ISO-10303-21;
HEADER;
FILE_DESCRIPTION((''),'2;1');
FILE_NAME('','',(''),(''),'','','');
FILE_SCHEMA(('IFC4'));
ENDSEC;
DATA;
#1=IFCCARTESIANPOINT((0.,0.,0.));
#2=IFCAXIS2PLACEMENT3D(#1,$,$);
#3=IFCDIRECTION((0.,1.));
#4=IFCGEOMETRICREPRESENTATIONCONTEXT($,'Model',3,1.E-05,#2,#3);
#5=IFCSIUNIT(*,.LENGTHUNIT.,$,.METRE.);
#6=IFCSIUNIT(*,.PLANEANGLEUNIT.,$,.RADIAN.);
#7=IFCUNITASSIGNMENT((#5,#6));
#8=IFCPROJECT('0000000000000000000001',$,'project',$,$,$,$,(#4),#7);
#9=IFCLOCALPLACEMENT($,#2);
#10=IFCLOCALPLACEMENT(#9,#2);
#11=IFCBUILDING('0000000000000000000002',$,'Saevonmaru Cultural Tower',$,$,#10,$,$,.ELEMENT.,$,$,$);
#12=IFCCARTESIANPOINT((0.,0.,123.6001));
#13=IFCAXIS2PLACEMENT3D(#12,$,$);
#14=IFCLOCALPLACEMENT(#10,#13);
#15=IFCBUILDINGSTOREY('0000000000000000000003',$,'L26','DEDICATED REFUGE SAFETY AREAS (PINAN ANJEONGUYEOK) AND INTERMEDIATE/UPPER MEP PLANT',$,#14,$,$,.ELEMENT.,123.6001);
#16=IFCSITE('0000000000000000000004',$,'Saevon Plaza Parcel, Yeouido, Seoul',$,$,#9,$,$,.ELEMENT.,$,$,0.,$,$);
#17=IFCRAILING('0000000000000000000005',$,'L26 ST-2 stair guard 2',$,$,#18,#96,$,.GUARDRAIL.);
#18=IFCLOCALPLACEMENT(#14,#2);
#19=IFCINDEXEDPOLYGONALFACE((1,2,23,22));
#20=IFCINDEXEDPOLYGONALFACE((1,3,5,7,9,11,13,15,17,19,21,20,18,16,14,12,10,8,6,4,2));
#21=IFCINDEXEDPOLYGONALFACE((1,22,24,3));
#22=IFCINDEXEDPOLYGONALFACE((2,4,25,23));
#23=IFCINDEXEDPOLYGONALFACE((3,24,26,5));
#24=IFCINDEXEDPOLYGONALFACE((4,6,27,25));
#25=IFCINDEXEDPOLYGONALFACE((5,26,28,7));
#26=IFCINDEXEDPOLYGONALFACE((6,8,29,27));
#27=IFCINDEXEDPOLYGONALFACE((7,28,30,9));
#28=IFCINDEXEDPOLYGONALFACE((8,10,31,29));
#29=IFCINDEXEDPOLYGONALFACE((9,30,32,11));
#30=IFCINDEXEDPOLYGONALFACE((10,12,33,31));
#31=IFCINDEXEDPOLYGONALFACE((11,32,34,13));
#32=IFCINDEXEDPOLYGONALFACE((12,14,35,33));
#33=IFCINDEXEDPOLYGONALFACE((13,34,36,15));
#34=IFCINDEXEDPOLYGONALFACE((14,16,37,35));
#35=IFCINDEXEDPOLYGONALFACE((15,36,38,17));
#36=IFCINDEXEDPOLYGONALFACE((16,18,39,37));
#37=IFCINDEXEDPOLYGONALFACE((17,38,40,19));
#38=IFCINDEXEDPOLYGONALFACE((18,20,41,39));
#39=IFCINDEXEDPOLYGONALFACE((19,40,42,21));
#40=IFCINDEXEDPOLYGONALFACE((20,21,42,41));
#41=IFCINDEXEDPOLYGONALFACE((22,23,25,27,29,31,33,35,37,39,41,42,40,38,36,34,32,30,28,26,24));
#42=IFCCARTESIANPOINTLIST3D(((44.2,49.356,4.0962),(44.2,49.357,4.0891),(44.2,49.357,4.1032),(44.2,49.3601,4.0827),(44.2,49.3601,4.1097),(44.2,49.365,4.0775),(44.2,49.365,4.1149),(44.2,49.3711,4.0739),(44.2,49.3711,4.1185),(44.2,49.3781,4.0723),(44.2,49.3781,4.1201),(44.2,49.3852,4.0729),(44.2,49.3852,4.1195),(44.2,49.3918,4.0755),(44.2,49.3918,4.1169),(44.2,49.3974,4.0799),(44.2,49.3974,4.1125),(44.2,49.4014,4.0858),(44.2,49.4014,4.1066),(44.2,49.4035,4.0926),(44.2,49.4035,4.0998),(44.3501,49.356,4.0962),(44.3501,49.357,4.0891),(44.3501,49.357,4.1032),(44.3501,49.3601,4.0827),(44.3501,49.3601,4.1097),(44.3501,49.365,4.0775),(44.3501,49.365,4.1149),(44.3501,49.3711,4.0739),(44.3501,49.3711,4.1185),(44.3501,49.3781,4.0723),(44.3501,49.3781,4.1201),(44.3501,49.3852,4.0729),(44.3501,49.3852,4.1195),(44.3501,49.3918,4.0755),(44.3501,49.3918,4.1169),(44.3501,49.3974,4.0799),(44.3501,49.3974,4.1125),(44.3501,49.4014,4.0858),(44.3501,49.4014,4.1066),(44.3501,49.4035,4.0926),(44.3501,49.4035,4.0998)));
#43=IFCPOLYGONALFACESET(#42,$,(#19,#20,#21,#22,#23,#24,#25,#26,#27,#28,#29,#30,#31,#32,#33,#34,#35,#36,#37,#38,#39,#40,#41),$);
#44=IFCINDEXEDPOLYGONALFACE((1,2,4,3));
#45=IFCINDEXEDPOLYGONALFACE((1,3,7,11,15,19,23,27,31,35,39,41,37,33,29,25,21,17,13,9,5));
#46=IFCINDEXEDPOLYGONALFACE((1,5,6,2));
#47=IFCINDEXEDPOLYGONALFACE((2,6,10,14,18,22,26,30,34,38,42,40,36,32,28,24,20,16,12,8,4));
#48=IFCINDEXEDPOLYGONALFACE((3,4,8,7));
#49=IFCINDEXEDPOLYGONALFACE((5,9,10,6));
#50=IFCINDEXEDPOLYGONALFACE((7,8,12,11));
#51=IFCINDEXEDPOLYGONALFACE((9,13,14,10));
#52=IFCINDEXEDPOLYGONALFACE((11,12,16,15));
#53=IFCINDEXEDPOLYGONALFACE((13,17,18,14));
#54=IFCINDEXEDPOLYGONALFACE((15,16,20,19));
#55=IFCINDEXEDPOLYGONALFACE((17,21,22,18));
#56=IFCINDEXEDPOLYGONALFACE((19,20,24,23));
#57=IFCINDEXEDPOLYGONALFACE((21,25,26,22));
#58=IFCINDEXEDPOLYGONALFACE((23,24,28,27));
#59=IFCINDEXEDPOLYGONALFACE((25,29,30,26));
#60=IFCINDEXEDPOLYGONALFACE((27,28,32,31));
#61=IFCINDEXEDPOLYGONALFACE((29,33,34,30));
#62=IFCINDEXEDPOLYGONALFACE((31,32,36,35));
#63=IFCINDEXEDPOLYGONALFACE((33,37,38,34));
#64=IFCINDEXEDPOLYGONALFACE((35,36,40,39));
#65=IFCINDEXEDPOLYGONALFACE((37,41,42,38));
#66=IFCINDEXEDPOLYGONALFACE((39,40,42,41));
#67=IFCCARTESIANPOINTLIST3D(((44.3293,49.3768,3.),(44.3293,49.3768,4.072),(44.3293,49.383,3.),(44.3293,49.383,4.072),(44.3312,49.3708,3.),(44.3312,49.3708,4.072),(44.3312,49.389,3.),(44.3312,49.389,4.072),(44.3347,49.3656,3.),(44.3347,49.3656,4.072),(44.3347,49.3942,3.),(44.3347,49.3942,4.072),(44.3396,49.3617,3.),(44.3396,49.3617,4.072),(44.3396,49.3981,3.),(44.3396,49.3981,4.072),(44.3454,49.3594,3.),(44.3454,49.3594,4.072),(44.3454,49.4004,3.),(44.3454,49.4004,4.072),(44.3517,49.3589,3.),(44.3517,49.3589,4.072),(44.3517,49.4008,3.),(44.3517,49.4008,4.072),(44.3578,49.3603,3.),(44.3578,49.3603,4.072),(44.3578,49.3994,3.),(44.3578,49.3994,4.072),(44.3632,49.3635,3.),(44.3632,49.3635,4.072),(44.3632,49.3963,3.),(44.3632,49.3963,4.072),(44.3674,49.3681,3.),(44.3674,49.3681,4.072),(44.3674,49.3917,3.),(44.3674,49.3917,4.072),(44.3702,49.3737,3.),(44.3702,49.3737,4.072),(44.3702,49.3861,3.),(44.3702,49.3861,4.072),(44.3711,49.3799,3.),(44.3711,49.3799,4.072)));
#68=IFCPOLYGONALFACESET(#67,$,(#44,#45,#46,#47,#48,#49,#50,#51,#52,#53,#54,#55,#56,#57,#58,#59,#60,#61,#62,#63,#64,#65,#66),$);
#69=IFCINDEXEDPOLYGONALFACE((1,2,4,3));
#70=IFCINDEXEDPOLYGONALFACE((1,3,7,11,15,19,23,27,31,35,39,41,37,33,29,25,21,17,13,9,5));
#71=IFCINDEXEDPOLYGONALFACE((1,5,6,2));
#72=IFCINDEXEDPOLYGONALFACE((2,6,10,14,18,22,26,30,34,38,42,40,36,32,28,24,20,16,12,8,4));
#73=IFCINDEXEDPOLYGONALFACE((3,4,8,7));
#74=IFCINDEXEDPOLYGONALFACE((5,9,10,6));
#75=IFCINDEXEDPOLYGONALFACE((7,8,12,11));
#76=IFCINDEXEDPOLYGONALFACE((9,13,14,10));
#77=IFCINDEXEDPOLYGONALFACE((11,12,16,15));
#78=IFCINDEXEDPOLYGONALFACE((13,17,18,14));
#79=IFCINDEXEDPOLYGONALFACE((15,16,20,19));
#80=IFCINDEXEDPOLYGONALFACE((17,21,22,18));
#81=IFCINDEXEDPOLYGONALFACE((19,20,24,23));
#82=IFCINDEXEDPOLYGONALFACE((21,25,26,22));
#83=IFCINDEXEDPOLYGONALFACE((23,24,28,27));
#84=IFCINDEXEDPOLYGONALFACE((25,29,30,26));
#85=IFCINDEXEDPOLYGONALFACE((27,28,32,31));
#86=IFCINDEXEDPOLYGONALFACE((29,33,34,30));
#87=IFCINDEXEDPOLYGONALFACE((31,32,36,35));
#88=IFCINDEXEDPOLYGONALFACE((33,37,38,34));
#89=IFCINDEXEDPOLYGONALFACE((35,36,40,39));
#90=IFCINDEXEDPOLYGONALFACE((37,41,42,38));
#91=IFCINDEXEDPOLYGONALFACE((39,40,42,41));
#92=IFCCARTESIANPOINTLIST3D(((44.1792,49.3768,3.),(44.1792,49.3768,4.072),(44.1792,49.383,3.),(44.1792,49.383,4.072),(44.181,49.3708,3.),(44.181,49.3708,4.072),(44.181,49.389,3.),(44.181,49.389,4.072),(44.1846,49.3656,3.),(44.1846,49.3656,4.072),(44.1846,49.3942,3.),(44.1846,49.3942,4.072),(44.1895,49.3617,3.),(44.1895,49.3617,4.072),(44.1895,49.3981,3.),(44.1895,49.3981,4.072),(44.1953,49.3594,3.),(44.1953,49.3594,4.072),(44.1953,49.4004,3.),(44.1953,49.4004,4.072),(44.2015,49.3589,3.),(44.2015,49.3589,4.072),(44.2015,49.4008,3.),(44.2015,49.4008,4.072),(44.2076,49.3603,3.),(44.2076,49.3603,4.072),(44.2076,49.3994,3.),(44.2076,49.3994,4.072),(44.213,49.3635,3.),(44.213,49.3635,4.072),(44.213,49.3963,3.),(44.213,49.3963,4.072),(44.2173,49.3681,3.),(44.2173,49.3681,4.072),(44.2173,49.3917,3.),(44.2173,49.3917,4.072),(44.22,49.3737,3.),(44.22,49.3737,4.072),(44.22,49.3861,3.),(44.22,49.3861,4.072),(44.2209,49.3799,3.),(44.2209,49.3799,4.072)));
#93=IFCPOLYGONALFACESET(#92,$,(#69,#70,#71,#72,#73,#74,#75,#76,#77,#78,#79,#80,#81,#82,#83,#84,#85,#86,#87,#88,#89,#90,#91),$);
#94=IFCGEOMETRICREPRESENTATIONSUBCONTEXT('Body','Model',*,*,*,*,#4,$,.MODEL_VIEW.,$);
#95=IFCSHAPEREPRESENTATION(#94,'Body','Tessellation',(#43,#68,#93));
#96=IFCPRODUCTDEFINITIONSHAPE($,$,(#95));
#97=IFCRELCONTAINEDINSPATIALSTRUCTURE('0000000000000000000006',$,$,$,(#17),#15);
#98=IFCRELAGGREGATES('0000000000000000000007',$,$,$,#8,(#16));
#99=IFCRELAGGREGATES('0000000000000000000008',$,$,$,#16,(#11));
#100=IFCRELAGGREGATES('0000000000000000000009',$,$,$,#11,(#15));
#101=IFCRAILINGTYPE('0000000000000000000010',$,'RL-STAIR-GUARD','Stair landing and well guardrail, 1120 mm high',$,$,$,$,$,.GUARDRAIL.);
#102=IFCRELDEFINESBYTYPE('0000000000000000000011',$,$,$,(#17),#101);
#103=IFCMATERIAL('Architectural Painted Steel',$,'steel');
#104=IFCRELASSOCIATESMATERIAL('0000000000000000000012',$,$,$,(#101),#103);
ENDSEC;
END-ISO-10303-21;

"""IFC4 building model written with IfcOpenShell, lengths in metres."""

from ifc_helpers import new_model, si_unit, direction, frame, origin, origin_2d, place, context, subcontext, project, spatial, circle, extrude, material, type_object, element, save


model = new_model("IFC4")

# Units and contexts
model_context = context("Model", 3, precision=1e-05, world=origin(), true_north=direction((0.0, 1.0)))
body_context = subcontext(model_context, "Body", "Model", "MODEL_VIEW")
ifc_project = project(units=[si_unit("LENGTHUNIT", "METRE"), si_unit("PLANEANGLEUNIT", "RADIAN")], contexts=[model_context])

# Site, building, storey
site_placement = place(None, origin())
site = spatial("IfcSite", under=ifc_project, at=site_placement, Name="Saevon Plaza Parcel, Yeouido, Seoul", CompositionType="ELEMENT", RefElevation=0.0)
building_placement = place(site_placement, origin())
building = spatial("IfcBuilding", under=site, at=building_placement, Name="Saevonmaru Cultural Tower", CompositionType="ELEMENT")
storey_placement = place(building_placement, frame((0.0, 0.0, 123.6001)))
storey = spatial("IfcBuildingStorey", under=building, at=storey_placement, Name="L26", Description="DEDICATED REFUGE SAFETY AREAS (PINAN ANJEONGUYEOK) AND INTERMEDIATE/UPPER MEP PLANT", CompositionType="ELEMENT", Elevation=123.6001)

# Railing
ifc_material_1 = material(Name="Architectural Painted Steel", Category="steel")
railing_type_1 = type_object("IfcRailingType", Name="RL-STAIR-GUARD", Description="Stair landing and well guardrail, 1120 mm high", PredefinedType="GUARDRAIL", material=ifc_material_1)
railing_1_placement = place(storey_placement, frame((44.3501, 49.3799, 3.0)))
element("IfcRailing", 1, at=railing_1_placement, inside=storey, type_object=railing_type_1, Name="L26 ST-2 stair guard 2", PredefinedType="GUARDRAIL", context=body_context, shape_type="SweptSolid", body=[
    extrude(circle(Radius=0.0239, at=origin_2d()), frame((0.0, 0.0, 1.0962), z_axis=(-1.0, 0.0, 0.0), x_axis=(0.0, -1.0, 0.0)), (0.0, 0.0, 1.0), 0.1501),
    extrude(circle(Radius=0.021, at=origin_2d()), origin(), (0.0, 0.0, 1.0), 1.072),
    extrude(circle(Radius=0.021, at=origin_2d()), frame((-0.1501, 0.0, 0.0)), (0.0, 0.0, 1.0), 1.072),
])

save(model, "model.ifc")
